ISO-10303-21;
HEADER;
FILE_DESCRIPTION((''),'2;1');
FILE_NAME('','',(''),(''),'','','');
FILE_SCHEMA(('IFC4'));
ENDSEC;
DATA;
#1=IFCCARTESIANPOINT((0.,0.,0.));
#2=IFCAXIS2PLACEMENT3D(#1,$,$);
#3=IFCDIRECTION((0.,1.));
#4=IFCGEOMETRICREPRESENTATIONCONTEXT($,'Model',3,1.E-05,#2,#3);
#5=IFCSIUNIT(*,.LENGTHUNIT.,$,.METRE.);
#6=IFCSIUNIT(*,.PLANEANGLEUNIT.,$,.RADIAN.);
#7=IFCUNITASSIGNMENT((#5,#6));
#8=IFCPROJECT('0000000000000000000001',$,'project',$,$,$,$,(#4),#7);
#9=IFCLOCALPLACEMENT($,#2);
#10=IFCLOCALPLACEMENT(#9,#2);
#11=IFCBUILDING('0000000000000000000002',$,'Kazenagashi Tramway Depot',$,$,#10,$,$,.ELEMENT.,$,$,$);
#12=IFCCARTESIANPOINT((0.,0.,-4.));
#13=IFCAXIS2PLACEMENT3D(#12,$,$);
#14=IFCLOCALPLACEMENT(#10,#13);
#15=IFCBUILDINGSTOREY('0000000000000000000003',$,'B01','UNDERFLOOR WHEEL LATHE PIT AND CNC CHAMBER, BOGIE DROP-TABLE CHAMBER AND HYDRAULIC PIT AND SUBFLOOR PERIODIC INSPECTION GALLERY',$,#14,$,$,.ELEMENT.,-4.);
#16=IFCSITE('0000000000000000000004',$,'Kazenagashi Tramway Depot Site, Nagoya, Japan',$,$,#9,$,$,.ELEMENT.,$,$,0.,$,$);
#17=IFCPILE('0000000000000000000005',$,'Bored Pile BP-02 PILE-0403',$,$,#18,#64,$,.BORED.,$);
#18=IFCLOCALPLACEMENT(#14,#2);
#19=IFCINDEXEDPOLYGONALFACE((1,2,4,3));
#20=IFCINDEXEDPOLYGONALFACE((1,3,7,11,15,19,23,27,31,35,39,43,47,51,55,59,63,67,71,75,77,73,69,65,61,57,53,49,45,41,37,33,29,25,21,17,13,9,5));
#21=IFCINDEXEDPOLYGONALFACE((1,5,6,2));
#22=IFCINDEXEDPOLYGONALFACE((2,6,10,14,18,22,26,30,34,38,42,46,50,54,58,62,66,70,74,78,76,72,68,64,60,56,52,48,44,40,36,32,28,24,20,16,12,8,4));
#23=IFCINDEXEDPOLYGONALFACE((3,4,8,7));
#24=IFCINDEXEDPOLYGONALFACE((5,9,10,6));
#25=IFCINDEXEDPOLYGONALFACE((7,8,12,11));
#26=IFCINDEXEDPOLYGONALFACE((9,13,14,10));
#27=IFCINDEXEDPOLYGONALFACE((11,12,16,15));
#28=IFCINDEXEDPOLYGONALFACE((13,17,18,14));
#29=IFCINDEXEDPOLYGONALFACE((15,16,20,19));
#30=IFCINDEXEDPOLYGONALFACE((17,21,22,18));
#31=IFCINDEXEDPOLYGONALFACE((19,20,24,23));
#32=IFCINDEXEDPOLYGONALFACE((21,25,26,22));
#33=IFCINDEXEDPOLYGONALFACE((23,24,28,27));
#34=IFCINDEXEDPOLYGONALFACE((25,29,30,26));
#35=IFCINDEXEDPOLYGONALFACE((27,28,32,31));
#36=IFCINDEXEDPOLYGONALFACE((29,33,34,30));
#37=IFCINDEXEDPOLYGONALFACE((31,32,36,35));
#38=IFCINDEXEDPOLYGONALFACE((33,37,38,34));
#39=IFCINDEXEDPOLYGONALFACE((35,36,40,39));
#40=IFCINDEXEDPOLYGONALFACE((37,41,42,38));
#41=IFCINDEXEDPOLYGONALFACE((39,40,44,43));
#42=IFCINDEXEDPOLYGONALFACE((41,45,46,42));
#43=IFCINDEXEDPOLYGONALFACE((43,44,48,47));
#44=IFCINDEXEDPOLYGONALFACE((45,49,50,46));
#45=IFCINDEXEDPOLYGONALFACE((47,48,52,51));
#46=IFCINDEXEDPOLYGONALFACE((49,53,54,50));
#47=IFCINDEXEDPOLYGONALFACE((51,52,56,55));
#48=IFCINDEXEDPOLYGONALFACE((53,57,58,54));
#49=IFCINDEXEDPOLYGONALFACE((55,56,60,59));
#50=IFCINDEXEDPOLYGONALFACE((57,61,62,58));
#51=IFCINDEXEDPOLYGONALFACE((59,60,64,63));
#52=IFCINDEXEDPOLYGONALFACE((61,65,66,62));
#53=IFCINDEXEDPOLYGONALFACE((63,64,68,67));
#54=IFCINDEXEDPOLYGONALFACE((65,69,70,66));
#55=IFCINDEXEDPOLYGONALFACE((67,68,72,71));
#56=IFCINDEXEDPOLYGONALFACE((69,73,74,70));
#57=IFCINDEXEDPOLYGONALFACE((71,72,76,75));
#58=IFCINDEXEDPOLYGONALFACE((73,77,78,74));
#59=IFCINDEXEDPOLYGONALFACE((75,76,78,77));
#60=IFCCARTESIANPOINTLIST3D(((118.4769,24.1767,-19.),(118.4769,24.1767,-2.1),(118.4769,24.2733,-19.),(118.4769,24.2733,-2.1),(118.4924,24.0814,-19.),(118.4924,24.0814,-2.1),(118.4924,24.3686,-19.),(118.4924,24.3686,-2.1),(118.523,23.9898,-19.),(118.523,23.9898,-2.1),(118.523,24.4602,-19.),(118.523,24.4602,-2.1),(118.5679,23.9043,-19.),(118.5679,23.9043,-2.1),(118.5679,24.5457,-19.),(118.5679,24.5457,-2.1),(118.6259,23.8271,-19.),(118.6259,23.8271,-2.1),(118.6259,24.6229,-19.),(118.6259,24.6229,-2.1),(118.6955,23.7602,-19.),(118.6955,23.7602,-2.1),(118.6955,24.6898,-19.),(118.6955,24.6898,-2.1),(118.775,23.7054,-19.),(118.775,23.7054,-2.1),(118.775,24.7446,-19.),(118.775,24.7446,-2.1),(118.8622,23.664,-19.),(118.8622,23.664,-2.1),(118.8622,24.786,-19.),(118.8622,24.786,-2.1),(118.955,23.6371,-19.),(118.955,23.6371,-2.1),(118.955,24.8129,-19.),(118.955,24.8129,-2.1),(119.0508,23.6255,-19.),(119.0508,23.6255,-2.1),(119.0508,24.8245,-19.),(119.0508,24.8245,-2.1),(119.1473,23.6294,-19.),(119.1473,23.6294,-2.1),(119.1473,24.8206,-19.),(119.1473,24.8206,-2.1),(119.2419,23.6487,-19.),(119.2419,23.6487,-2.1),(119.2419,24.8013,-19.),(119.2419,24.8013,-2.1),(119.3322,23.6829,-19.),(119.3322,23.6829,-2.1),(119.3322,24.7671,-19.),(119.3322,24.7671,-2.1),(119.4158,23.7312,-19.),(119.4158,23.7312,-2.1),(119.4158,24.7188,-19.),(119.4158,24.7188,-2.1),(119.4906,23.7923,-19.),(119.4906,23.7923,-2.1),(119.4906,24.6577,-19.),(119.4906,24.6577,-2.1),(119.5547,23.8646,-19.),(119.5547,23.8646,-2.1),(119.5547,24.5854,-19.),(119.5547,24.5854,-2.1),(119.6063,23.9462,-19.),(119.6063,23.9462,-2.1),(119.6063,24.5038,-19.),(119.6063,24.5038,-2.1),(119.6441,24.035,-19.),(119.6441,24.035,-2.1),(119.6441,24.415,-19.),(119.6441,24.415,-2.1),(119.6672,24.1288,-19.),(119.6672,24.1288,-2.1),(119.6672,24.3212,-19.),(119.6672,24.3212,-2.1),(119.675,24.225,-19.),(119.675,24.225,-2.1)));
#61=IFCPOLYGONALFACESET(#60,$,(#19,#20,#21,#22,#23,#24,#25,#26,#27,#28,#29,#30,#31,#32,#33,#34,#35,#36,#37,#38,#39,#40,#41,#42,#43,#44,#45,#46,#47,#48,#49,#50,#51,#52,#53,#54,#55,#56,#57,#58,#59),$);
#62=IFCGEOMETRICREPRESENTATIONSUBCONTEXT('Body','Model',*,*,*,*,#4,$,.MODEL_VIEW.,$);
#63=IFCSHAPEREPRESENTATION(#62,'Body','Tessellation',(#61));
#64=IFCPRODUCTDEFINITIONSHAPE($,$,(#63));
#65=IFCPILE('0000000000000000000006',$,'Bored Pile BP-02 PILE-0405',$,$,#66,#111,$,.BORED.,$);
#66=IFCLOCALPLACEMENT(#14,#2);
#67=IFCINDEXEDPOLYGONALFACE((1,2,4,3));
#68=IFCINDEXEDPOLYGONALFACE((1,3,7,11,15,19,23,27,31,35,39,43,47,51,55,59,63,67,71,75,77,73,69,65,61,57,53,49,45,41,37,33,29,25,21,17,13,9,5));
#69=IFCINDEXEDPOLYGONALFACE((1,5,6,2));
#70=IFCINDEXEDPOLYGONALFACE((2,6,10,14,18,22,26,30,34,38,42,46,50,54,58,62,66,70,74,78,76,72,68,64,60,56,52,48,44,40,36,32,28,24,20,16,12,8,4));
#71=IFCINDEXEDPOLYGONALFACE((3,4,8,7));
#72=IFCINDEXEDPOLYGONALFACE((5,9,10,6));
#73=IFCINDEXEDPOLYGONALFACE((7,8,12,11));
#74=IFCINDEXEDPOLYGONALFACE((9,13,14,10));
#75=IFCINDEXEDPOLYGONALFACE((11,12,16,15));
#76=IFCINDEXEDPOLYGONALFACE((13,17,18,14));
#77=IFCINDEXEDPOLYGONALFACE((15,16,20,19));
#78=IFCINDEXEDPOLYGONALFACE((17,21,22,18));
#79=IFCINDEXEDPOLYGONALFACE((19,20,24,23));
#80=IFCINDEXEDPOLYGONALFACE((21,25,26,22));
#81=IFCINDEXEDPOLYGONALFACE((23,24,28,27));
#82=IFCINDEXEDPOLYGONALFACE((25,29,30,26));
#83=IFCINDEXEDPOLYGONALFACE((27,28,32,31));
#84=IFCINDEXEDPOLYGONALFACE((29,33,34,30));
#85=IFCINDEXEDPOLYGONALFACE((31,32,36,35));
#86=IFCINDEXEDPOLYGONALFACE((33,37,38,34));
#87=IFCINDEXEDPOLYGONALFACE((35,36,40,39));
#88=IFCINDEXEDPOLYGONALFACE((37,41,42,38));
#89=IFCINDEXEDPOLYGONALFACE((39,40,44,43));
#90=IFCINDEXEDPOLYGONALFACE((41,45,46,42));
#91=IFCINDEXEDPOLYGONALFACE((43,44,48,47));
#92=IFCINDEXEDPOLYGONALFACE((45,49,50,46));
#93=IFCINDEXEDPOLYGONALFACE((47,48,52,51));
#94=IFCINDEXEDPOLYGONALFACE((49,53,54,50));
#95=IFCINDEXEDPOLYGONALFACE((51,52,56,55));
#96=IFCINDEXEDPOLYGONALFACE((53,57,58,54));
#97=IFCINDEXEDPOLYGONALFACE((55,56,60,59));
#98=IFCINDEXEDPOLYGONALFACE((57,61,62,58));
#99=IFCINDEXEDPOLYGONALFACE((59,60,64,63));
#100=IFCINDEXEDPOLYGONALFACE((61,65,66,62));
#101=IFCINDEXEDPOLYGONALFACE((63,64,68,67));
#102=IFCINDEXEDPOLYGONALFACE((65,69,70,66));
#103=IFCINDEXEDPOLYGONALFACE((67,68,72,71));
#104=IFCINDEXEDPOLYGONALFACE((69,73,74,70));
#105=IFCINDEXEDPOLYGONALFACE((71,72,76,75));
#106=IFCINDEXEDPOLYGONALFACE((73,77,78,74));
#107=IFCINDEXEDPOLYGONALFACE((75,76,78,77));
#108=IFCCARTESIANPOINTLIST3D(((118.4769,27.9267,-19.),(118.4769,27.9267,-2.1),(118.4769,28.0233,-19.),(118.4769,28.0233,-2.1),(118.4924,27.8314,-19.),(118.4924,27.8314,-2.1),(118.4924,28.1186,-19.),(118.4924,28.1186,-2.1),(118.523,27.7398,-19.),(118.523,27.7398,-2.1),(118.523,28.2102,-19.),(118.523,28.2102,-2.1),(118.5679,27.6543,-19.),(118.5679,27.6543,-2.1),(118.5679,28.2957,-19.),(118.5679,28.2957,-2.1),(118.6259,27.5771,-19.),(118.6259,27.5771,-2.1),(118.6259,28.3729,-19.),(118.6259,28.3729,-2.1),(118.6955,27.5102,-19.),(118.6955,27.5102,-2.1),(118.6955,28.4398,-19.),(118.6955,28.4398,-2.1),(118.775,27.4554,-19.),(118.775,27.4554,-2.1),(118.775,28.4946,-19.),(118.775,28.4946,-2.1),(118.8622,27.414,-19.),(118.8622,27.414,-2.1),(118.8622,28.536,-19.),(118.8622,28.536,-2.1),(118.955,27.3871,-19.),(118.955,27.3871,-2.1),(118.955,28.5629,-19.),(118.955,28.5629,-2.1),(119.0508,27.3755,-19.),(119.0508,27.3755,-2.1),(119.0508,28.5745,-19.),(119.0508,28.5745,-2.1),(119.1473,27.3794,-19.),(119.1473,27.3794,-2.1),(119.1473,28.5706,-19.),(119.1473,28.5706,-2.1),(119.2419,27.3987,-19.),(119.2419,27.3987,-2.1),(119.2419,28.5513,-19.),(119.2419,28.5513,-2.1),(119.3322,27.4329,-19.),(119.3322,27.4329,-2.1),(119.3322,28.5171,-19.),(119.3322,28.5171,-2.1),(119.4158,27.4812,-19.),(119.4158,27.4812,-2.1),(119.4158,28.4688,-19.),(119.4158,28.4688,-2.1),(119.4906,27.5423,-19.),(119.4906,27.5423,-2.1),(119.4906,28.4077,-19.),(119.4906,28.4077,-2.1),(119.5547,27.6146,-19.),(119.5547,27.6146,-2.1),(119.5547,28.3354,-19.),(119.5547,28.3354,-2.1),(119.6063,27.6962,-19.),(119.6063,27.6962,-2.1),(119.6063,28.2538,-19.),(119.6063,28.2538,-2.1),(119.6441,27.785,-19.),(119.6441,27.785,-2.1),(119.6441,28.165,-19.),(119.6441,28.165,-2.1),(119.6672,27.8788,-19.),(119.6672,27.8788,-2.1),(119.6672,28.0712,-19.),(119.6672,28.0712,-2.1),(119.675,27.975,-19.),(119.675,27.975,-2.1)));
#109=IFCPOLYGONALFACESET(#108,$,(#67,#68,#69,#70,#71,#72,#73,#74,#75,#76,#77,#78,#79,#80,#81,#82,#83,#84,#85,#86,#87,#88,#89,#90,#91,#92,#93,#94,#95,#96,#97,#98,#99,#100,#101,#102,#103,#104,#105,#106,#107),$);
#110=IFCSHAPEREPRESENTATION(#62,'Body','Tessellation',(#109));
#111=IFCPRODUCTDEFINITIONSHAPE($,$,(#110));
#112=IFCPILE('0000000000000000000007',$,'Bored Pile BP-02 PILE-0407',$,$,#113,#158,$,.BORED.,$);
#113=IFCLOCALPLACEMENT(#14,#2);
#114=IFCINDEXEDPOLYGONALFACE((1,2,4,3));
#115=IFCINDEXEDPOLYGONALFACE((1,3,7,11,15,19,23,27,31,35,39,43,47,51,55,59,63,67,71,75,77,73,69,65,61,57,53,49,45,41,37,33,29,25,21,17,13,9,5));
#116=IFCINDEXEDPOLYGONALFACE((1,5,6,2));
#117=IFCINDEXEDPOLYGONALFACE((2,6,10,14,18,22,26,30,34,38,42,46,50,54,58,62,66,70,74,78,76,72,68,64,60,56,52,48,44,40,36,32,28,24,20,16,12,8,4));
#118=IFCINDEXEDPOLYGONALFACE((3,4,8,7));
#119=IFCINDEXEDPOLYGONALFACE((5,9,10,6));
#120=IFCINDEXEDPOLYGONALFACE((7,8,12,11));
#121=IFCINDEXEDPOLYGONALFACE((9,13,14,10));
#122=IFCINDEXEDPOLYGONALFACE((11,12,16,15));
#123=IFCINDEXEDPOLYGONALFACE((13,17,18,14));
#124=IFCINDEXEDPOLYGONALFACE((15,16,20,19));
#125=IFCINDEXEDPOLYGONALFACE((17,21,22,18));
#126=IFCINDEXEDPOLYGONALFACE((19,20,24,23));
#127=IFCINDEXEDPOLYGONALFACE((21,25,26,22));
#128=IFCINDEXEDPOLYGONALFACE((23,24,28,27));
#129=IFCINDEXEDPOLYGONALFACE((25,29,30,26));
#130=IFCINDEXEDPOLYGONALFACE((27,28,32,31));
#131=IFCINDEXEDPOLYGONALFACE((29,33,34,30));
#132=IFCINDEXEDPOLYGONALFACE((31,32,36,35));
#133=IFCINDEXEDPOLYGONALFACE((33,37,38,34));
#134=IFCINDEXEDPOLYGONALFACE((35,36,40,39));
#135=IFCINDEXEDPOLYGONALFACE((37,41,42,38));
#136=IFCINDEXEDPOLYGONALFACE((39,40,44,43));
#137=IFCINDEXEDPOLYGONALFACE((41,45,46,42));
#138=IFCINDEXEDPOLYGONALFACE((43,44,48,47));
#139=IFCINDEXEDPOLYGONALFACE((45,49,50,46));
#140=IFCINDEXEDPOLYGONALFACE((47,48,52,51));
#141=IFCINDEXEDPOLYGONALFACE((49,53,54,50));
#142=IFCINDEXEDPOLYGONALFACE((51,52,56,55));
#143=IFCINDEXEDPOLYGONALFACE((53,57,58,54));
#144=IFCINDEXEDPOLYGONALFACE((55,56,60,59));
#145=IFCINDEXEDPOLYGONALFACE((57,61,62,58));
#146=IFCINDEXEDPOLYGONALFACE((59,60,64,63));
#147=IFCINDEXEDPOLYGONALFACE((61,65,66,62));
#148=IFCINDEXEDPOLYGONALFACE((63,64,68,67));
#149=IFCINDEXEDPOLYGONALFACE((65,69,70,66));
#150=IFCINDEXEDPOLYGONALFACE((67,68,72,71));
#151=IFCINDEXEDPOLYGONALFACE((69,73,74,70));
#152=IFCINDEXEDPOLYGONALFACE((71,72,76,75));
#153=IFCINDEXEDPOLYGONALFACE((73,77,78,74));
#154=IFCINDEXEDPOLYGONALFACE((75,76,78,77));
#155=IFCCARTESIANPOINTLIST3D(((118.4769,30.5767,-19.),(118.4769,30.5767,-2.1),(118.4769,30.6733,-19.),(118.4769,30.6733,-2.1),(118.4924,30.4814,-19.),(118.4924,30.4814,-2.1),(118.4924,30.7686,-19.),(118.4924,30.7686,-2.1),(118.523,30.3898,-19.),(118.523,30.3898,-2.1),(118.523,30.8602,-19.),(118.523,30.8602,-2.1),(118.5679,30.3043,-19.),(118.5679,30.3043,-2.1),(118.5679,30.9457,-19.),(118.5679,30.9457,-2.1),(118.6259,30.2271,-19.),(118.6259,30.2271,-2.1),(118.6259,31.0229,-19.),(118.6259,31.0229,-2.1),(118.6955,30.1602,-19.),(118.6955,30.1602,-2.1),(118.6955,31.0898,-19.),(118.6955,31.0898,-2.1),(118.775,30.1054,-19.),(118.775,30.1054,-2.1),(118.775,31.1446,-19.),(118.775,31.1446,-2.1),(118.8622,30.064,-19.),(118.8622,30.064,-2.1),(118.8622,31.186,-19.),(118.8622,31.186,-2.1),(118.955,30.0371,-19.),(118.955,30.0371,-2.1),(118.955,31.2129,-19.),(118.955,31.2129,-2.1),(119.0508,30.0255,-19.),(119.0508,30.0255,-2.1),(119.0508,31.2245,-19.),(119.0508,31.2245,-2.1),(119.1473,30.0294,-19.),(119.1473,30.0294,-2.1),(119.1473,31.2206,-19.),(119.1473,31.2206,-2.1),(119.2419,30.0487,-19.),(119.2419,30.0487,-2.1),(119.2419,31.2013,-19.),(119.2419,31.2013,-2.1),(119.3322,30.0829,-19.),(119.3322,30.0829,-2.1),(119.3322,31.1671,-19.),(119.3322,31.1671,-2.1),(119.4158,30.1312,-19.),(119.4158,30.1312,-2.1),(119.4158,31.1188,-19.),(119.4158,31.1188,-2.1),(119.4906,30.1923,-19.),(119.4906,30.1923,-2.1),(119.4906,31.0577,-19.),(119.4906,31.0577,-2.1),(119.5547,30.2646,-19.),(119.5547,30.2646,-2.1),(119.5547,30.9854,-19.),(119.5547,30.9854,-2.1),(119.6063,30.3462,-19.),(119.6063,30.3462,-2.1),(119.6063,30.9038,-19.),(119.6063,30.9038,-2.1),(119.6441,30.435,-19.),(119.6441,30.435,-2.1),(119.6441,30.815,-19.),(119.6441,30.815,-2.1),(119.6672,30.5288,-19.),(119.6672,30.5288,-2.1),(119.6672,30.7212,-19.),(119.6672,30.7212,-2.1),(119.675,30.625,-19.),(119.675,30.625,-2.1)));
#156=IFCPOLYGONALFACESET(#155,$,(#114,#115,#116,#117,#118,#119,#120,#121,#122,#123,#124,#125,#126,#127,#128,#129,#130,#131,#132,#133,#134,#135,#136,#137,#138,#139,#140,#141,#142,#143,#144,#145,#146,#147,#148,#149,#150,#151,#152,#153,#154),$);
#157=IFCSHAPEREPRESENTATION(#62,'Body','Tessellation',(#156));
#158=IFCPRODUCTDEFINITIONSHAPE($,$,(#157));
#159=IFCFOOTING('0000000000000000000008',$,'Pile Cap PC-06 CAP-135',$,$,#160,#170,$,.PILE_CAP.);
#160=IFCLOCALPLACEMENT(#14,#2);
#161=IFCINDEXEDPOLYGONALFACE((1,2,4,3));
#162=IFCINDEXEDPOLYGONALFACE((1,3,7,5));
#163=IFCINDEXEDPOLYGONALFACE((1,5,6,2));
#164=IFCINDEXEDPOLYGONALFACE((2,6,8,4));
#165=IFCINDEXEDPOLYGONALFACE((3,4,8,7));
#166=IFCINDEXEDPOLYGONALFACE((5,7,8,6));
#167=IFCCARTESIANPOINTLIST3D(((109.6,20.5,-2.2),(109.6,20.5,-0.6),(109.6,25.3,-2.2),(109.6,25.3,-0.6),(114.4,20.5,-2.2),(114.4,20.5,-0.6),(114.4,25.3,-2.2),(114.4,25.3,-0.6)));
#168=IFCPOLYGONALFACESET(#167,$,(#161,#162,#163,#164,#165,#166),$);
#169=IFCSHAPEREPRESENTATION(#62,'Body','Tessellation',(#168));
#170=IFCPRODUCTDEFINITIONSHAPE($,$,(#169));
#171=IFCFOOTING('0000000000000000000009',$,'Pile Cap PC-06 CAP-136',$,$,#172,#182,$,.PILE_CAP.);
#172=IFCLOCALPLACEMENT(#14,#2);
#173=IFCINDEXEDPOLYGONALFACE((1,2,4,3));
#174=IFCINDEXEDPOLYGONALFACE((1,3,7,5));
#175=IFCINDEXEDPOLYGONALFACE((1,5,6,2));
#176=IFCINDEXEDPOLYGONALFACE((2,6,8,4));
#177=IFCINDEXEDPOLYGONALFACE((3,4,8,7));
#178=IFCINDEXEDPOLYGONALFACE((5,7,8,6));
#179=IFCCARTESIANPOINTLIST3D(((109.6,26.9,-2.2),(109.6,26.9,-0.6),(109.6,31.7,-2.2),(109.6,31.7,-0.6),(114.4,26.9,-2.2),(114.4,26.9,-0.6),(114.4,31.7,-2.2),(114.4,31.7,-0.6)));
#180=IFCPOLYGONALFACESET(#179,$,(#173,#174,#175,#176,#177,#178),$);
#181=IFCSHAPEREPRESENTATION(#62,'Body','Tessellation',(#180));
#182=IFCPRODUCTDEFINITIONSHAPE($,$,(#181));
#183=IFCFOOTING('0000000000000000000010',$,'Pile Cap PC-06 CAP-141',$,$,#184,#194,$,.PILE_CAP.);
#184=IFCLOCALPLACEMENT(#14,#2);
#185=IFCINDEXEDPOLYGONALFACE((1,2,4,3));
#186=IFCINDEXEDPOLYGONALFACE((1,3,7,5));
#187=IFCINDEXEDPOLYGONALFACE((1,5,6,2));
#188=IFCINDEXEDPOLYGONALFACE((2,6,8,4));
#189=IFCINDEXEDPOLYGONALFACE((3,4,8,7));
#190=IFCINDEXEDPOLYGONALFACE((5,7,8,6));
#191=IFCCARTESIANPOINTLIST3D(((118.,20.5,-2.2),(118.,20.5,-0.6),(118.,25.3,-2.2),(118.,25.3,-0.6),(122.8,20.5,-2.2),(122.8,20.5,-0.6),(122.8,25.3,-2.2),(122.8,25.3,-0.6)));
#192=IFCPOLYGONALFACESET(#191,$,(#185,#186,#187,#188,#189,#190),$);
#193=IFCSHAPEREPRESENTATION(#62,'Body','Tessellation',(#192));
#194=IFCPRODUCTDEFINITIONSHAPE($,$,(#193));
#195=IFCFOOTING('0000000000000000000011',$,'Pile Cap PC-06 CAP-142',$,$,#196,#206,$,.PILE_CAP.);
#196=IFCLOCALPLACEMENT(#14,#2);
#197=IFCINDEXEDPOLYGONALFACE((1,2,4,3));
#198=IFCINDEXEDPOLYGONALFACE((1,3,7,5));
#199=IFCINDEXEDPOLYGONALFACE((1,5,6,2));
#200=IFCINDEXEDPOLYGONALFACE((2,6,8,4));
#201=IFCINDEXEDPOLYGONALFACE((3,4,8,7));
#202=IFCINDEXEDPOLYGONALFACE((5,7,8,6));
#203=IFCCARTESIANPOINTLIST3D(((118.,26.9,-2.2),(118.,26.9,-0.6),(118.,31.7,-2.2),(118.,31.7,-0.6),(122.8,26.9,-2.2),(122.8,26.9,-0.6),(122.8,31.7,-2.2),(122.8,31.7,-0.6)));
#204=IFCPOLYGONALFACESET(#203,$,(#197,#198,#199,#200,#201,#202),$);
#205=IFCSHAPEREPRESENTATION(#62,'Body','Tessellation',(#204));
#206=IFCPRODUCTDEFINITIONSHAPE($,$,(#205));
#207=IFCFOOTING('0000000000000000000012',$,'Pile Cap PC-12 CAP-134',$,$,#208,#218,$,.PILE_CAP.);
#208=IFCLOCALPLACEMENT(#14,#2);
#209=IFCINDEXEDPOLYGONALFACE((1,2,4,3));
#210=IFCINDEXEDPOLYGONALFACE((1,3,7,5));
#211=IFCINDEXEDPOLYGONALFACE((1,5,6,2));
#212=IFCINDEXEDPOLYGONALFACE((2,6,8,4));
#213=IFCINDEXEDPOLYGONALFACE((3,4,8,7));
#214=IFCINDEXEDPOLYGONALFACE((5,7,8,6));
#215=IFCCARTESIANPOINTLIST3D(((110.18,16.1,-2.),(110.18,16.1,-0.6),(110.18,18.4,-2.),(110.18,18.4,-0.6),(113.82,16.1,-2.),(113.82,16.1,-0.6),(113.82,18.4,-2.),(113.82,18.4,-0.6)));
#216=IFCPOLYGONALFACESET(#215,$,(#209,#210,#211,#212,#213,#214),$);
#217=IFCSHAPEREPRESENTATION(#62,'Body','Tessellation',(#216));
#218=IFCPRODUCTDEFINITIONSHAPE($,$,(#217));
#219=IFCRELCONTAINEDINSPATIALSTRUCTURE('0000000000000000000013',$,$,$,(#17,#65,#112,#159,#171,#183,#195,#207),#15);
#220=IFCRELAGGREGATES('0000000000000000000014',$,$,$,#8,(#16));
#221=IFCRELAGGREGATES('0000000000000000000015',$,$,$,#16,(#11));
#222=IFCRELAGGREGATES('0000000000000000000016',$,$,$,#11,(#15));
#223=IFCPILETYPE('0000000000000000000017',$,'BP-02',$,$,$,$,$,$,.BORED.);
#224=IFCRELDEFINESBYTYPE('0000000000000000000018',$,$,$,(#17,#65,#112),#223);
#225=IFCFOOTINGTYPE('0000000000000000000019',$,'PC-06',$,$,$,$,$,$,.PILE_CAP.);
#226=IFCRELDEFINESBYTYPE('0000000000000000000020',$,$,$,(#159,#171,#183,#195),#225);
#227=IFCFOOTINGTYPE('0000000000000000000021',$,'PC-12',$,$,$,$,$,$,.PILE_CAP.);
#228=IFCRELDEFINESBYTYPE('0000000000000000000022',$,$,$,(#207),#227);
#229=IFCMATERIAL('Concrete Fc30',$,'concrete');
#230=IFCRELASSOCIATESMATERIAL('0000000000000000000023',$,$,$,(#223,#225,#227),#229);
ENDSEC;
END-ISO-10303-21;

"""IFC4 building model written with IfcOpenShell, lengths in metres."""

from ifc_helpers import new_model, si_unit, direction, frame, origin, origin_2d, place, context, subcontext, project, spatial, rectangle, circle, extrude, material, material_profile, profile_set, type_object, element, save


model = new_model("IFC4")

# Units and contexts
model_context = context("Model", 3, precision=1e-05, world=origin(), true_north=direction((0.0, 1.0)))
body_context = subcontext(model_context, "Body", "Model", "MODEL_VIEW")
ifc_project = project(units=[si_unit("LENGTHUNIT", "METRE"), si_unit("PLANEANGLEUNIT", "RADIAN")], contexts=[model_context])

# Site, building, storey
site_placement = place(None, origin())
site = spatial("IfcSite", under=ifc_project, at=site_placement, Name="Kazenagashi Tramway Depot Site, Nagoya, Japan", CompositionType="ELEMENT", RefElevation=0.0)
building_placement = place(site_placement, origin())
building = spatial("IfcBuilding", under=site, at=building_placement, Name="Kazenagashi Tramway Depot", CompositionType="ELEMENT")
storey_placement = place(building_placement, frame((0.0, 0.0, -4.0)))
storey = spatial("IfcBuildingStorey", under=building, at=storey_placement, Name="B01", Description="UNDERFLOOR WHEEL LATHE PIT AND CNC CHAMBER, BOGIE DROP-TABLE CHAMBER AND HYDRAULIC PIT AND SUBFLOOR PERIODIC INSPECTION GALLERY", CompositionType="ELEMENT", Elevation=-4.0)

# Piles
ifc_material_1 = material(Name="Concrete Fc30", Category="concrete")
ifc_material_profile_1 = material_profile(ifc_material_1, circle(Radius=0.6, at=origin_2d()), Name="PILE-1200")
ifc_profile_set_1 = profile_set([ifc_material_profile_1], Name="Concrete Fc30")
pile_type_1 = type_object("IfcPileType", Name="BP-02", PredefinedType="BORED", material=ifc_profile_set_1)
for number, where, z_axis, x_axis, name in (
    (1, (119.075, 24.225, -2.1), (0.0, 0.0, -1.0), (1.0, 0.0, 0.0), "Bored Pile BP-02 PILE-0403"),
    (2, (119.075, 27.975, -2.1), (0.0, 0.0, -1.0), (1.0, 0.0, 0.0), "Bored Pile BP-02 PILE-0405"),
    (3, (119.075, 30.625, -2.1), (0.0, 0.0, -1.0), (1.0, 0.0, 0.0), "Bored Pile BP-02 PILE-0407"),
):
    element("IfcPile", number, at=place(storey_placement, frame(where, z_axis=z_axis, x_axis=x_axis)), inside=storey, type_object=pile_type_1, Name=name, PredefinedType="BORED", context=body_context, shape_type="SweptSolid", body=[
        extrude(circle(Radius=0.6, at=origin_2d()), origin(), (0.0, 0.0, 1.0), 16.9),
    ])

# Footings
footing_type_1 = type_object("IfcFootingType", Name="PC-06", PredefinedType="PILE_CAP", material=ifc_material_1)
for number, where, z_axis, x_axis, name in (
    (4, (112.0, 22.9, -2.2), (0.0, 0.0, 1.0), (1.0, 0.0, 0.0), "Pile Cap PC-06 CAP-135"),
    (5, (112.0, 29.3, -2.2), (0.0, 0.0, 1.0), (1.0, 0.0, 0.0), "Pile Cap PC-06 CAP-136"),
    (6, (120.4, 22.9, -2.2), (0.0, 0.0, 1.0), (1.0, 0.0, 0.0), "Pile Cap PC-06 CAP-141"),
    (7, (120.4, 29.3, -2.2), (0.0, 0.0, 1.0), (1.0, 0.0, 0.0), "Pile Cap PC-06 CAP-142"),
):
    element("IfcFooting", number, at=place(storey_placement, frame(where, z_axis=z_axis, x_axis=x_axis)), inside=storey, type_object=footing_type_1, Name=name, PredefinedType="PILE_CAP", context=body_context, shape_type="SweptSolid", body=[
        extrude(rectangle(XDim=4.8, YDim=4.8, at=origin_2d()), origin(), (0.0, 0.0, 1.0), 1.6),
    ])
footing_type_2 = type_object("IfcFootingType", Name="PC-12", PredefinedType="PILE_CAP", material=ifc_material_1)
for number, where, z_axis, x_axis, name in (
    (8, (112.0, 17.25, -2.0), (0.0, 0.0, 1.0), (1.0, 0.0, 0.0), "Pile Cap PC-12 CAP-134"),
):
    element("IfcFooting", number, at=place(storey_placement, frame(where, z_axis=z_axis, x_axis=x_axis)), inside=storey, type_object=footing_type_2, Name=name, PredefinedType="PILE_CAP", context=body_context, shape_type="SweptSolid", body=[
        extrude(rectangle(XDim=3.64, YDim=2.3, at=origin_2d()), origin(), (0.0, 0.0, 1.0), 1.4),
    ])

save(model, "model.ifc")
